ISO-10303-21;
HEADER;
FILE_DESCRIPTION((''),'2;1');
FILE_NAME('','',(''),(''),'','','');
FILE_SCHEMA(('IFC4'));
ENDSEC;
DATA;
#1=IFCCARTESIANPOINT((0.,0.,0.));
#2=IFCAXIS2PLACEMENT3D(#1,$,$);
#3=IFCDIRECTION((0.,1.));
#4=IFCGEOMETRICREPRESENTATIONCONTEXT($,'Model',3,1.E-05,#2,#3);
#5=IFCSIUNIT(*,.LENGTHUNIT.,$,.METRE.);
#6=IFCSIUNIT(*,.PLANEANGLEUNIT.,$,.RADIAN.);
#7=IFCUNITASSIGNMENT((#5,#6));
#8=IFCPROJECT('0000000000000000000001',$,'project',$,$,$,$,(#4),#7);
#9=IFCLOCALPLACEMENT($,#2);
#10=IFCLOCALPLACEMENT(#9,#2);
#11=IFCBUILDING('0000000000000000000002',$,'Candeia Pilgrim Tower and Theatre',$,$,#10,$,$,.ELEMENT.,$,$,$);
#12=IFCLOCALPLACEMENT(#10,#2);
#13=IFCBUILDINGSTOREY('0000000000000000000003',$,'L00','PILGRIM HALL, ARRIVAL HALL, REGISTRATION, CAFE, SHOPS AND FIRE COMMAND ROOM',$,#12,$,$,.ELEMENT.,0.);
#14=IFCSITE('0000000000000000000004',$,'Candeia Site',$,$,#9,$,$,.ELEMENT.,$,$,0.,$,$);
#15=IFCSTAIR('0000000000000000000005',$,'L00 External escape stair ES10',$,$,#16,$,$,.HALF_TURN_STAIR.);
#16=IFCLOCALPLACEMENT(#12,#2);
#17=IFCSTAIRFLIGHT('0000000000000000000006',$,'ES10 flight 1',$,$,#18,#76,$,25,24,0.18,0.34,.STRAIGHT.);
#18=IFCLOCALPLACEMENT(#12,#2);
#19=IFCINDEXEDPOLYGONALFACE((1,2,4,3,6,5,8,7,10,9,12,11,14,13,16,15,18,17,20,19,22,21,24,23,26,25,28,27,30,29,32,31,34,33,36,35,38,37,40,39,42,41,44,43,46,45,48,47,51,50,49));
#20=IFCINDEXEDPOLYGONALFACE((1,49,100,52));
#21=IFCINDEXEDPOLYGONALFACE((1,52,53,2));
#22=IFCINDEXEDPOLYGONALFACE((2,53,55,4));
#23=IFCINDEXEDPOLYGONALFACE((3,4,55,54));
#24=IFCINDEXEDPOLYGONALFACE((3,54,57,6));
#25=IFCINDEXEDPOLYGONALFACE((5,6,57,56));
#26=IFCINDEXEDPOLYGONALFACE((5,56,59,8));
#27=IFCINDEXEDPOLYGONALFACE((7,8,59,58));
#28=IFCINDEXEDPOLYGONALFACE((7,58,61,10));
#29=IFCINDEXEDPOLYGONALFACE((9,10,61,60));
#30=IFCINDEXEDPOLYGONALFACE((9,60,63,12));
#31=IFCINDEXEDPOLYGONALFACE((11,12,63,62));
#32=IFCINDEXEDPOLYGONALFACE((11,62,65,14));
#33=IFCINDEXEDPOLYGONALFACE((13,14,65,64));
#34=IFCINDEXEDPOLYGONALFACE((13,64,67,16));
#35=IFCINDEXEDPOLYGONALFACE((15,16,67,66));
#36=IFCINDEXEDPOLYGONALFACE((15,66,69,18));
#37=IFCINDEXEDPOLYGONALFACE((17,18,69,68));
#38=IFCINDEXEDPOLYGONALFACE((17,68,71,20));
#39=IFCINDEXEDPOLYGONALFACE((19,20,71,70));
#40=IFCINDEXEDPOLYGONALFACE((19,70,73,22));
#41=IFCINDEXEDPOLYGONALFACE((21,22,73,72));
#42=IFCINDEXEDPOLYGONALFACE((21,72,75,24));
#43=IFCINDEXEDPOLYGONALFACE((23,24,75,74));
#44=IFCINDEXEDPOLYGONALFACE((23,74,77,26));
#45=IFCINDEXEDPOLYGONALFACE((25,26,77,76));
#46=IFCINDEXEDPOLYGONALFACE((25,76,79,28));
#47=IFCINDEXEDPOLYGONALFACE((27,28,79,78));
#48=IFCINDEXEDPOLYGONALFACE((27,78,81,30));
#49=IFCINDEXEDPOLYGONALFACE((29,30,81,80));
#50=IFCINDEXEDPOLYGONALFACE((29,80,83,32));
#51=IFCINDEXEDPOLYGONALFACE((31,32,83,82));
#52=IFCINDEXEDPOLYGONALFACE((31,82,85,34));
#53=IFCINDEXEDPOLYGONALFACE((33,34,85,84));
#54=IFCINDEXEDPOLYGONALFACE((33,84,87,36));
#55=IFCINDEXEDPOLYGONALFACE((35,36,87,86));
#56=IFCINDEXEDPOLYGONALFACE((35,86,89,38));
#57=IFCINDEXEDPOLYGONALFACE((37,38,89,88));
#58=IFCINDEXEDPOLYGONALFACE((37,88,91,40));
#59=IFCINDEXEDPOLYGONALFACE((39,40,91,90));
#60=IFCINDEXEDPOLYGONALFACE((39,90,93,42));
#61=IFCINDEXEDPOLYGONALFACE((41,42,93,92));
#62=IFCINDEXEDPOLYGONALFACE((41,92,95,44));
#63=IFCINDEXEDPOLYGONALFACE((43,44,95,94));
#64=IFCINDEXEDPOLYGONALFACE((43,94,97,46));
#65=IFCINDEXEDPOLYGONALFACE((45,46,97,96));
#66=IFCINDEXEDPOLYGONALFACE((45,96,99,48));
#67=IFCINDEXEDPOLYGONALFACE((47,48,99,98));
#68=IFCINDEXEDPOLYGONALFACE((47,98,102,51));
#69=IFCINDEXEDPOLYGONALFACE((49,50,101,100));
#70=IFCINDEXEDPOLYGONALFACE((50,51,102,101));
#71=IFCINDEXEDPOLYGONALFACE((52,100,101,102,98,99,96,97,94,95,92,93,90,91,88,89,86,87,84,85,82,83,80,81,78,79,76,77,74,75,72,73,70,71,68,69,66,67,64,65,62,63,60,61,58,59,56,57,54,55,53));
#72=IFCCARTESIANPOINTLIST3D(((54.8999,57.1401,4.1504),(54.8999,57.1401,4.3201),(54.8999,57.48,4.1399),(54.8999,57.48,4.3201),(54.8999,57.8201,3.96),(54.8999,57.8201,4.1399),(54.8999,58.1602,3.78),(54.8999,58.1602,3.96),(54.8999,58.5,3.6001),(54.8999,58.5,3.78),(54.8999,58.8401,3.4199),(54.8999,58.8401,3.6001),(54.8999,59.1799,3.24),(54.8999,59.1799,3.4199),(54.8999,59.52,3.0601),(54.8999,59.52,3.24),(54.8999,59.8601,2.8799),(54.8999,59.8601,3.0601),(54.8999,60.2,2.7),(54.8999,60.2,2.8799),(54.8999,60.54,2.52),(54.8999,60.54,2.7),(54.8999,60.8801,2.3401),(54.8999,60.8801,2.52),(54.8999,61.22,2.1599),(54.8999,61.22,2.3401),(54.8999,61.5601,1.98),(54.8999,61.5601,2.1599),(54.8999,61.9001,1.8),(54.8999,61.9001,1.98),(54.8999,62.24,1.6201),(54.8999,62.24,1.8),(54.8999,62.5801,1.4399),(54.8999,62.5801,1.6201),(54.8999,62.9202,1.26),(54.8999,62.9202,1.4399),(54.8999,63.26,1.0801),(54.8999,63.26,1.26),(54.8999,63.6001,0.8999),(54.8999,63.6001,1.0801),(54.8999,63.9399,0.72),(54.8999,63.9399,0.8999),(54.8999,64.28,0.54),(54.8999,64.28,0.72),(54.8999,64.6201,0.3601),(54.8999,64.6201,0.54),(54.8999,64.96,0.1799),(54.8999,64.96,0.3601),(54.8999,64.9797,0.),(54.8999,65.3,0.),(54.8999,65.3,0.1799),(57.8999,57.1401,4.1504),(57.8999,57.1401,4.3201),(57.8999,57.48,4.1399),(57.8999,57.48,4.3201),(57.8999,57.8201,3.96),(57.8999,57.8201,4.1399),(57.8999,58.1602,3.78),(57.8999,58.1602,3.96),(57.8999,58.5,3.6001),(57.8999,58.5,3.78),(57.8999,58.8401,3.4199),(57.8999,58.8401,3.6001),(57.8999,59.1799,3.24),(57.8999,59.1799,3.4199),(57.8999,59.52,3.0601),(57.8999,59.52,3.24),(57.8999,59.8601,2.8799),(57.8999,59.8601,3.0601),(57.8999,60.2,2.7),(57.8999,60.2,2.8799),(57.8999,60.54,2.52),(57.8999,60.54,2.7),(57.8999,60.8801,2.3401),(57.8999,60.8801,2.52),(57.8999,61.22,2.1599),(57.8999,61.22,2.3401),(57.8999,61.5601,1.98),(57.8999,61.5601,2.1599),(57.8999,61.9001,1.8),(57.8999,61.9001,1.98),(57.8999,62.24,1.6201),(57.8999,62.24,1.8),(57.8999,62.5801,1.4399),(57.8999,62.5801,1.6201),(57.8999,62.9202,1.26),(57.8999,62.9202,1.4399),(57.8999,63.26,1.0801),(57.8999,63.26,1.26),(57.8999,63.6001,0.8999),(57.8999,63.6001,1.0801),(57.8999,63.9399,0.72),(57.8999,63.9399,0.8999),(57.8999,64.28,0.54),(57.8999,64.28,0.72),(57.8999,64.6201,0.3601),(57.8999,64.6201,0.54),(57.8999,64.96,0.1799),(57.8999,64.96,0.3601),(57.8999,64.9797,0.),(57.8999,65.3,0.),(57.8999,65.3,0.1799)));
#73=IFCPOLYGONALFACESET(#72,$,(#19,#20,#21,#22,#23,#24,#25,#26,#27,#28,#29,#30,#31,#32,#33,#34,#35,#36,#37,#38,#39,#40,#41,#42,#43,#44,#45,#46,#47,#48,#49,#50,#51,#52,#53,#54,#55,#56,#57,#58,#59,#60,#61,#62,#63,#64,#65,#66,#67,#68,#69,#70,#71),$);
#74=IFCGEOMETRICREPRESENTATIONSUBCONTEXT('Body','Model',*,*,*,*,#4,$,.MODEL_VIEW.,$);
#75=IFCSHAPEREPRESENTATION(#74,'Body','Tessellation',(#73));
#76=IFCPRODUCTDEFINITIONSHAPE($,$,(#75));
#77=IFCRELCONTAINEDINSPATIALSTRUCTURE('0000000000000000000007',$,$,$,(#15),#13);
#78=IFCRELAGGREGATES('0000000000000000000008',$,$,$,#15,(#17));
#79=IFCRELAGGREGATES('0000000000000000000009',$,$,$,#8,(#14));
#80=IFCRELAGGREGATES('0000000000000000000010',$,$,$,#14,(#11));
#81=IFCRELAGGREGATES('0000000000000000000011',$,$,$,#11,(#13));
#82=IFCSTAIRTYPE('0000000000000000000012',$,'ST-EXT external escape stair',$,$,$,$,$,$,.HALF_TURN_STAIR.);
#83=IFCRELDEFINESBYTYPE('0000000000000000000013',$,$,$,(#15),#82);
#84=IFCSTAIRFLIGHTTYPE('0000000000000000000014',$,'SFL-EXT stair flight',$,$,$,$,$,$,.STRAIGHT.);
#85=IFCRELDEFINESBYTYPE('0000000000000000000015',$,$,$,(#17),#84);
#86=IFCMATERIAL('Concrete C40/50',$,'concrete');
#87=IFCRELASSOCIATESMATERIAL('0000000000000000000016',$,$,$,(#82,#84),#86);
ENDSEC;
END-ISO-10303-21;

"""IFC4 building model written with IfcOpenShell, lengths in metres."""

from ifc_helpers import new_model, si_unit, direction, frame, origin, place, context, subcontext, project, spatial, polyline, outline, extrude, material, type_object, element, aggregate, save


model = new_model("IFC4")

# Units and contexts
model_context = context("Model", 3, precision=1e-05, world=origin(), true_north=direction((0.0, 1.0)))
body_context = subcontext(model_context, "Body", "Model", "MODEL_VIEW")
ifc_project = project(units=[si_unit("LENGTHUNIT", "METRE"), si_unit("PLANEANGLEUNIT", "RADIAN")], contexts=[model_context])

# Site, building, storey
site_placement = place(None, origin())
site = spatial("IfcSite", under=ifc_project, at=site_placement, Name="Candeia Site", CompositionType="ELEMENT", RefElevation=0.0)
building_placement = place(site_placement, origin())
building = spatial("IfcBuilding", under=site, at=building_placement, Name="Candeia Pilgrim Tower and Theatre", CompositionType="ELEMENT")
storey_placement = place(building_placement, origin())
storey = spatial("IfcBuildingStorey", under=building, at=storey_placement, Name="L00", Description="PILGRIM HALL, ARRIVAL HALL, REGISTRATION, CAFE, SHOPS AND FIRE COMMAND ROOM", CompositionType="ELEMENT", Elevation=0.0)

# Shared definitions
ifc_material_1 = material(Name="Concrete C40/50", Category="concrete")

# Stair, stair flight
stair_type = type_object("IfcStairType", Name="ST-EXT external escape stair", PredefinedType="HALF_TURN_STAIR", material=ifc_material_1)
stair_placement = place(storey_placement, origin())
stair = element("IfcStair", 1, at=stair_placement, inside=storey, type_object=stair_type, Name="L00 External escape stair ES10", PredefinedType="HALF_TURN_STAIR")
stair_flight_type = type_object("IfcStairFlightType", Name="SFL-EXT stair flight", PredefinedType="STRAIGHT", material=ifc_material_1)
stair_flight_placement = place(storey_placement, frame((56.3999, 65.3, 0.0), z_axis=(0.0, 0.0, 1.0), x_axis=(0.0, -1.0, 0.0)))
stair_flight = element("IfcStairFlight", 2, at=stair_flight_placement, type_object=stair_flight_type, Name="ES10 flight 1", NumberOfRisers=25, NumberOfTreads=24, PredefinedType="STRAIGHT", RiserHeight=0.18, TreadLength=0.34, context=body_context, shape_type="SweptSolid", body=[
    extrude(outline(polyline([(0.0, 0.0), (0.0, 0.1799), (0.3401, 0.1799), (0.3401, 0.3601), (0.6799, 0.3601), (0.6799, 0.54), (1.02, 0.54), (1.02, 0.72), (1.3601, 0.72), (1.3601, 0.8999), (1.7, 0.8999), (1.7, 1.0801), (2.04, 1.0801), (2.04, 1.26), (2.3799, 1.26), (2.3799, 1.4399), (2.72, 1.4399), (2.72, 1.6201), (3.0601, 1.6201), (3.0601, 1.8), (3.3999, 1.8), (3.3999, 1.98), (3.74, 1.98), (3.74, 2.1599), (4.0801, 2.1599), (4.0801, 2.3401), (4.4199, 2.3401), (4.4199, 2.52), (4.76, 2.52), (4.76, 2.7), (5.1001, 2.7), (5.1001, 2.8799), (5.4399, 2.8799), (5.4399, 3.0601), (5.78, 3.0601), (5.78, 3.24), (6.1201, 3.24), (6.1201, 3.4199), (6.46, 3.4199), (6.46, 3.6001), (6.8, 3.6001), (6.8, 3.78), (7.1399, 3.78), (7.1399, 3.96), (7.48, 3.96), (7.48, 4.1399), (7.8201, 4.1399), (7.8201, 4.3201), (8.1599, 4.3201), (8.1599, 4.5), (8.1599, 4.1504), (0.3203, 0.0), (0.0, 0.0)])), frame((0.0, 1.5, 0.0), z_axis=(0.0, -1.0, 0.0), x_axis=(1.0, 0.0, 0.0)), (0.0, 0.0, 1.0), 3.0),
])
aggregate(stair, [stair_flight])

save(model, "model.ifc")
